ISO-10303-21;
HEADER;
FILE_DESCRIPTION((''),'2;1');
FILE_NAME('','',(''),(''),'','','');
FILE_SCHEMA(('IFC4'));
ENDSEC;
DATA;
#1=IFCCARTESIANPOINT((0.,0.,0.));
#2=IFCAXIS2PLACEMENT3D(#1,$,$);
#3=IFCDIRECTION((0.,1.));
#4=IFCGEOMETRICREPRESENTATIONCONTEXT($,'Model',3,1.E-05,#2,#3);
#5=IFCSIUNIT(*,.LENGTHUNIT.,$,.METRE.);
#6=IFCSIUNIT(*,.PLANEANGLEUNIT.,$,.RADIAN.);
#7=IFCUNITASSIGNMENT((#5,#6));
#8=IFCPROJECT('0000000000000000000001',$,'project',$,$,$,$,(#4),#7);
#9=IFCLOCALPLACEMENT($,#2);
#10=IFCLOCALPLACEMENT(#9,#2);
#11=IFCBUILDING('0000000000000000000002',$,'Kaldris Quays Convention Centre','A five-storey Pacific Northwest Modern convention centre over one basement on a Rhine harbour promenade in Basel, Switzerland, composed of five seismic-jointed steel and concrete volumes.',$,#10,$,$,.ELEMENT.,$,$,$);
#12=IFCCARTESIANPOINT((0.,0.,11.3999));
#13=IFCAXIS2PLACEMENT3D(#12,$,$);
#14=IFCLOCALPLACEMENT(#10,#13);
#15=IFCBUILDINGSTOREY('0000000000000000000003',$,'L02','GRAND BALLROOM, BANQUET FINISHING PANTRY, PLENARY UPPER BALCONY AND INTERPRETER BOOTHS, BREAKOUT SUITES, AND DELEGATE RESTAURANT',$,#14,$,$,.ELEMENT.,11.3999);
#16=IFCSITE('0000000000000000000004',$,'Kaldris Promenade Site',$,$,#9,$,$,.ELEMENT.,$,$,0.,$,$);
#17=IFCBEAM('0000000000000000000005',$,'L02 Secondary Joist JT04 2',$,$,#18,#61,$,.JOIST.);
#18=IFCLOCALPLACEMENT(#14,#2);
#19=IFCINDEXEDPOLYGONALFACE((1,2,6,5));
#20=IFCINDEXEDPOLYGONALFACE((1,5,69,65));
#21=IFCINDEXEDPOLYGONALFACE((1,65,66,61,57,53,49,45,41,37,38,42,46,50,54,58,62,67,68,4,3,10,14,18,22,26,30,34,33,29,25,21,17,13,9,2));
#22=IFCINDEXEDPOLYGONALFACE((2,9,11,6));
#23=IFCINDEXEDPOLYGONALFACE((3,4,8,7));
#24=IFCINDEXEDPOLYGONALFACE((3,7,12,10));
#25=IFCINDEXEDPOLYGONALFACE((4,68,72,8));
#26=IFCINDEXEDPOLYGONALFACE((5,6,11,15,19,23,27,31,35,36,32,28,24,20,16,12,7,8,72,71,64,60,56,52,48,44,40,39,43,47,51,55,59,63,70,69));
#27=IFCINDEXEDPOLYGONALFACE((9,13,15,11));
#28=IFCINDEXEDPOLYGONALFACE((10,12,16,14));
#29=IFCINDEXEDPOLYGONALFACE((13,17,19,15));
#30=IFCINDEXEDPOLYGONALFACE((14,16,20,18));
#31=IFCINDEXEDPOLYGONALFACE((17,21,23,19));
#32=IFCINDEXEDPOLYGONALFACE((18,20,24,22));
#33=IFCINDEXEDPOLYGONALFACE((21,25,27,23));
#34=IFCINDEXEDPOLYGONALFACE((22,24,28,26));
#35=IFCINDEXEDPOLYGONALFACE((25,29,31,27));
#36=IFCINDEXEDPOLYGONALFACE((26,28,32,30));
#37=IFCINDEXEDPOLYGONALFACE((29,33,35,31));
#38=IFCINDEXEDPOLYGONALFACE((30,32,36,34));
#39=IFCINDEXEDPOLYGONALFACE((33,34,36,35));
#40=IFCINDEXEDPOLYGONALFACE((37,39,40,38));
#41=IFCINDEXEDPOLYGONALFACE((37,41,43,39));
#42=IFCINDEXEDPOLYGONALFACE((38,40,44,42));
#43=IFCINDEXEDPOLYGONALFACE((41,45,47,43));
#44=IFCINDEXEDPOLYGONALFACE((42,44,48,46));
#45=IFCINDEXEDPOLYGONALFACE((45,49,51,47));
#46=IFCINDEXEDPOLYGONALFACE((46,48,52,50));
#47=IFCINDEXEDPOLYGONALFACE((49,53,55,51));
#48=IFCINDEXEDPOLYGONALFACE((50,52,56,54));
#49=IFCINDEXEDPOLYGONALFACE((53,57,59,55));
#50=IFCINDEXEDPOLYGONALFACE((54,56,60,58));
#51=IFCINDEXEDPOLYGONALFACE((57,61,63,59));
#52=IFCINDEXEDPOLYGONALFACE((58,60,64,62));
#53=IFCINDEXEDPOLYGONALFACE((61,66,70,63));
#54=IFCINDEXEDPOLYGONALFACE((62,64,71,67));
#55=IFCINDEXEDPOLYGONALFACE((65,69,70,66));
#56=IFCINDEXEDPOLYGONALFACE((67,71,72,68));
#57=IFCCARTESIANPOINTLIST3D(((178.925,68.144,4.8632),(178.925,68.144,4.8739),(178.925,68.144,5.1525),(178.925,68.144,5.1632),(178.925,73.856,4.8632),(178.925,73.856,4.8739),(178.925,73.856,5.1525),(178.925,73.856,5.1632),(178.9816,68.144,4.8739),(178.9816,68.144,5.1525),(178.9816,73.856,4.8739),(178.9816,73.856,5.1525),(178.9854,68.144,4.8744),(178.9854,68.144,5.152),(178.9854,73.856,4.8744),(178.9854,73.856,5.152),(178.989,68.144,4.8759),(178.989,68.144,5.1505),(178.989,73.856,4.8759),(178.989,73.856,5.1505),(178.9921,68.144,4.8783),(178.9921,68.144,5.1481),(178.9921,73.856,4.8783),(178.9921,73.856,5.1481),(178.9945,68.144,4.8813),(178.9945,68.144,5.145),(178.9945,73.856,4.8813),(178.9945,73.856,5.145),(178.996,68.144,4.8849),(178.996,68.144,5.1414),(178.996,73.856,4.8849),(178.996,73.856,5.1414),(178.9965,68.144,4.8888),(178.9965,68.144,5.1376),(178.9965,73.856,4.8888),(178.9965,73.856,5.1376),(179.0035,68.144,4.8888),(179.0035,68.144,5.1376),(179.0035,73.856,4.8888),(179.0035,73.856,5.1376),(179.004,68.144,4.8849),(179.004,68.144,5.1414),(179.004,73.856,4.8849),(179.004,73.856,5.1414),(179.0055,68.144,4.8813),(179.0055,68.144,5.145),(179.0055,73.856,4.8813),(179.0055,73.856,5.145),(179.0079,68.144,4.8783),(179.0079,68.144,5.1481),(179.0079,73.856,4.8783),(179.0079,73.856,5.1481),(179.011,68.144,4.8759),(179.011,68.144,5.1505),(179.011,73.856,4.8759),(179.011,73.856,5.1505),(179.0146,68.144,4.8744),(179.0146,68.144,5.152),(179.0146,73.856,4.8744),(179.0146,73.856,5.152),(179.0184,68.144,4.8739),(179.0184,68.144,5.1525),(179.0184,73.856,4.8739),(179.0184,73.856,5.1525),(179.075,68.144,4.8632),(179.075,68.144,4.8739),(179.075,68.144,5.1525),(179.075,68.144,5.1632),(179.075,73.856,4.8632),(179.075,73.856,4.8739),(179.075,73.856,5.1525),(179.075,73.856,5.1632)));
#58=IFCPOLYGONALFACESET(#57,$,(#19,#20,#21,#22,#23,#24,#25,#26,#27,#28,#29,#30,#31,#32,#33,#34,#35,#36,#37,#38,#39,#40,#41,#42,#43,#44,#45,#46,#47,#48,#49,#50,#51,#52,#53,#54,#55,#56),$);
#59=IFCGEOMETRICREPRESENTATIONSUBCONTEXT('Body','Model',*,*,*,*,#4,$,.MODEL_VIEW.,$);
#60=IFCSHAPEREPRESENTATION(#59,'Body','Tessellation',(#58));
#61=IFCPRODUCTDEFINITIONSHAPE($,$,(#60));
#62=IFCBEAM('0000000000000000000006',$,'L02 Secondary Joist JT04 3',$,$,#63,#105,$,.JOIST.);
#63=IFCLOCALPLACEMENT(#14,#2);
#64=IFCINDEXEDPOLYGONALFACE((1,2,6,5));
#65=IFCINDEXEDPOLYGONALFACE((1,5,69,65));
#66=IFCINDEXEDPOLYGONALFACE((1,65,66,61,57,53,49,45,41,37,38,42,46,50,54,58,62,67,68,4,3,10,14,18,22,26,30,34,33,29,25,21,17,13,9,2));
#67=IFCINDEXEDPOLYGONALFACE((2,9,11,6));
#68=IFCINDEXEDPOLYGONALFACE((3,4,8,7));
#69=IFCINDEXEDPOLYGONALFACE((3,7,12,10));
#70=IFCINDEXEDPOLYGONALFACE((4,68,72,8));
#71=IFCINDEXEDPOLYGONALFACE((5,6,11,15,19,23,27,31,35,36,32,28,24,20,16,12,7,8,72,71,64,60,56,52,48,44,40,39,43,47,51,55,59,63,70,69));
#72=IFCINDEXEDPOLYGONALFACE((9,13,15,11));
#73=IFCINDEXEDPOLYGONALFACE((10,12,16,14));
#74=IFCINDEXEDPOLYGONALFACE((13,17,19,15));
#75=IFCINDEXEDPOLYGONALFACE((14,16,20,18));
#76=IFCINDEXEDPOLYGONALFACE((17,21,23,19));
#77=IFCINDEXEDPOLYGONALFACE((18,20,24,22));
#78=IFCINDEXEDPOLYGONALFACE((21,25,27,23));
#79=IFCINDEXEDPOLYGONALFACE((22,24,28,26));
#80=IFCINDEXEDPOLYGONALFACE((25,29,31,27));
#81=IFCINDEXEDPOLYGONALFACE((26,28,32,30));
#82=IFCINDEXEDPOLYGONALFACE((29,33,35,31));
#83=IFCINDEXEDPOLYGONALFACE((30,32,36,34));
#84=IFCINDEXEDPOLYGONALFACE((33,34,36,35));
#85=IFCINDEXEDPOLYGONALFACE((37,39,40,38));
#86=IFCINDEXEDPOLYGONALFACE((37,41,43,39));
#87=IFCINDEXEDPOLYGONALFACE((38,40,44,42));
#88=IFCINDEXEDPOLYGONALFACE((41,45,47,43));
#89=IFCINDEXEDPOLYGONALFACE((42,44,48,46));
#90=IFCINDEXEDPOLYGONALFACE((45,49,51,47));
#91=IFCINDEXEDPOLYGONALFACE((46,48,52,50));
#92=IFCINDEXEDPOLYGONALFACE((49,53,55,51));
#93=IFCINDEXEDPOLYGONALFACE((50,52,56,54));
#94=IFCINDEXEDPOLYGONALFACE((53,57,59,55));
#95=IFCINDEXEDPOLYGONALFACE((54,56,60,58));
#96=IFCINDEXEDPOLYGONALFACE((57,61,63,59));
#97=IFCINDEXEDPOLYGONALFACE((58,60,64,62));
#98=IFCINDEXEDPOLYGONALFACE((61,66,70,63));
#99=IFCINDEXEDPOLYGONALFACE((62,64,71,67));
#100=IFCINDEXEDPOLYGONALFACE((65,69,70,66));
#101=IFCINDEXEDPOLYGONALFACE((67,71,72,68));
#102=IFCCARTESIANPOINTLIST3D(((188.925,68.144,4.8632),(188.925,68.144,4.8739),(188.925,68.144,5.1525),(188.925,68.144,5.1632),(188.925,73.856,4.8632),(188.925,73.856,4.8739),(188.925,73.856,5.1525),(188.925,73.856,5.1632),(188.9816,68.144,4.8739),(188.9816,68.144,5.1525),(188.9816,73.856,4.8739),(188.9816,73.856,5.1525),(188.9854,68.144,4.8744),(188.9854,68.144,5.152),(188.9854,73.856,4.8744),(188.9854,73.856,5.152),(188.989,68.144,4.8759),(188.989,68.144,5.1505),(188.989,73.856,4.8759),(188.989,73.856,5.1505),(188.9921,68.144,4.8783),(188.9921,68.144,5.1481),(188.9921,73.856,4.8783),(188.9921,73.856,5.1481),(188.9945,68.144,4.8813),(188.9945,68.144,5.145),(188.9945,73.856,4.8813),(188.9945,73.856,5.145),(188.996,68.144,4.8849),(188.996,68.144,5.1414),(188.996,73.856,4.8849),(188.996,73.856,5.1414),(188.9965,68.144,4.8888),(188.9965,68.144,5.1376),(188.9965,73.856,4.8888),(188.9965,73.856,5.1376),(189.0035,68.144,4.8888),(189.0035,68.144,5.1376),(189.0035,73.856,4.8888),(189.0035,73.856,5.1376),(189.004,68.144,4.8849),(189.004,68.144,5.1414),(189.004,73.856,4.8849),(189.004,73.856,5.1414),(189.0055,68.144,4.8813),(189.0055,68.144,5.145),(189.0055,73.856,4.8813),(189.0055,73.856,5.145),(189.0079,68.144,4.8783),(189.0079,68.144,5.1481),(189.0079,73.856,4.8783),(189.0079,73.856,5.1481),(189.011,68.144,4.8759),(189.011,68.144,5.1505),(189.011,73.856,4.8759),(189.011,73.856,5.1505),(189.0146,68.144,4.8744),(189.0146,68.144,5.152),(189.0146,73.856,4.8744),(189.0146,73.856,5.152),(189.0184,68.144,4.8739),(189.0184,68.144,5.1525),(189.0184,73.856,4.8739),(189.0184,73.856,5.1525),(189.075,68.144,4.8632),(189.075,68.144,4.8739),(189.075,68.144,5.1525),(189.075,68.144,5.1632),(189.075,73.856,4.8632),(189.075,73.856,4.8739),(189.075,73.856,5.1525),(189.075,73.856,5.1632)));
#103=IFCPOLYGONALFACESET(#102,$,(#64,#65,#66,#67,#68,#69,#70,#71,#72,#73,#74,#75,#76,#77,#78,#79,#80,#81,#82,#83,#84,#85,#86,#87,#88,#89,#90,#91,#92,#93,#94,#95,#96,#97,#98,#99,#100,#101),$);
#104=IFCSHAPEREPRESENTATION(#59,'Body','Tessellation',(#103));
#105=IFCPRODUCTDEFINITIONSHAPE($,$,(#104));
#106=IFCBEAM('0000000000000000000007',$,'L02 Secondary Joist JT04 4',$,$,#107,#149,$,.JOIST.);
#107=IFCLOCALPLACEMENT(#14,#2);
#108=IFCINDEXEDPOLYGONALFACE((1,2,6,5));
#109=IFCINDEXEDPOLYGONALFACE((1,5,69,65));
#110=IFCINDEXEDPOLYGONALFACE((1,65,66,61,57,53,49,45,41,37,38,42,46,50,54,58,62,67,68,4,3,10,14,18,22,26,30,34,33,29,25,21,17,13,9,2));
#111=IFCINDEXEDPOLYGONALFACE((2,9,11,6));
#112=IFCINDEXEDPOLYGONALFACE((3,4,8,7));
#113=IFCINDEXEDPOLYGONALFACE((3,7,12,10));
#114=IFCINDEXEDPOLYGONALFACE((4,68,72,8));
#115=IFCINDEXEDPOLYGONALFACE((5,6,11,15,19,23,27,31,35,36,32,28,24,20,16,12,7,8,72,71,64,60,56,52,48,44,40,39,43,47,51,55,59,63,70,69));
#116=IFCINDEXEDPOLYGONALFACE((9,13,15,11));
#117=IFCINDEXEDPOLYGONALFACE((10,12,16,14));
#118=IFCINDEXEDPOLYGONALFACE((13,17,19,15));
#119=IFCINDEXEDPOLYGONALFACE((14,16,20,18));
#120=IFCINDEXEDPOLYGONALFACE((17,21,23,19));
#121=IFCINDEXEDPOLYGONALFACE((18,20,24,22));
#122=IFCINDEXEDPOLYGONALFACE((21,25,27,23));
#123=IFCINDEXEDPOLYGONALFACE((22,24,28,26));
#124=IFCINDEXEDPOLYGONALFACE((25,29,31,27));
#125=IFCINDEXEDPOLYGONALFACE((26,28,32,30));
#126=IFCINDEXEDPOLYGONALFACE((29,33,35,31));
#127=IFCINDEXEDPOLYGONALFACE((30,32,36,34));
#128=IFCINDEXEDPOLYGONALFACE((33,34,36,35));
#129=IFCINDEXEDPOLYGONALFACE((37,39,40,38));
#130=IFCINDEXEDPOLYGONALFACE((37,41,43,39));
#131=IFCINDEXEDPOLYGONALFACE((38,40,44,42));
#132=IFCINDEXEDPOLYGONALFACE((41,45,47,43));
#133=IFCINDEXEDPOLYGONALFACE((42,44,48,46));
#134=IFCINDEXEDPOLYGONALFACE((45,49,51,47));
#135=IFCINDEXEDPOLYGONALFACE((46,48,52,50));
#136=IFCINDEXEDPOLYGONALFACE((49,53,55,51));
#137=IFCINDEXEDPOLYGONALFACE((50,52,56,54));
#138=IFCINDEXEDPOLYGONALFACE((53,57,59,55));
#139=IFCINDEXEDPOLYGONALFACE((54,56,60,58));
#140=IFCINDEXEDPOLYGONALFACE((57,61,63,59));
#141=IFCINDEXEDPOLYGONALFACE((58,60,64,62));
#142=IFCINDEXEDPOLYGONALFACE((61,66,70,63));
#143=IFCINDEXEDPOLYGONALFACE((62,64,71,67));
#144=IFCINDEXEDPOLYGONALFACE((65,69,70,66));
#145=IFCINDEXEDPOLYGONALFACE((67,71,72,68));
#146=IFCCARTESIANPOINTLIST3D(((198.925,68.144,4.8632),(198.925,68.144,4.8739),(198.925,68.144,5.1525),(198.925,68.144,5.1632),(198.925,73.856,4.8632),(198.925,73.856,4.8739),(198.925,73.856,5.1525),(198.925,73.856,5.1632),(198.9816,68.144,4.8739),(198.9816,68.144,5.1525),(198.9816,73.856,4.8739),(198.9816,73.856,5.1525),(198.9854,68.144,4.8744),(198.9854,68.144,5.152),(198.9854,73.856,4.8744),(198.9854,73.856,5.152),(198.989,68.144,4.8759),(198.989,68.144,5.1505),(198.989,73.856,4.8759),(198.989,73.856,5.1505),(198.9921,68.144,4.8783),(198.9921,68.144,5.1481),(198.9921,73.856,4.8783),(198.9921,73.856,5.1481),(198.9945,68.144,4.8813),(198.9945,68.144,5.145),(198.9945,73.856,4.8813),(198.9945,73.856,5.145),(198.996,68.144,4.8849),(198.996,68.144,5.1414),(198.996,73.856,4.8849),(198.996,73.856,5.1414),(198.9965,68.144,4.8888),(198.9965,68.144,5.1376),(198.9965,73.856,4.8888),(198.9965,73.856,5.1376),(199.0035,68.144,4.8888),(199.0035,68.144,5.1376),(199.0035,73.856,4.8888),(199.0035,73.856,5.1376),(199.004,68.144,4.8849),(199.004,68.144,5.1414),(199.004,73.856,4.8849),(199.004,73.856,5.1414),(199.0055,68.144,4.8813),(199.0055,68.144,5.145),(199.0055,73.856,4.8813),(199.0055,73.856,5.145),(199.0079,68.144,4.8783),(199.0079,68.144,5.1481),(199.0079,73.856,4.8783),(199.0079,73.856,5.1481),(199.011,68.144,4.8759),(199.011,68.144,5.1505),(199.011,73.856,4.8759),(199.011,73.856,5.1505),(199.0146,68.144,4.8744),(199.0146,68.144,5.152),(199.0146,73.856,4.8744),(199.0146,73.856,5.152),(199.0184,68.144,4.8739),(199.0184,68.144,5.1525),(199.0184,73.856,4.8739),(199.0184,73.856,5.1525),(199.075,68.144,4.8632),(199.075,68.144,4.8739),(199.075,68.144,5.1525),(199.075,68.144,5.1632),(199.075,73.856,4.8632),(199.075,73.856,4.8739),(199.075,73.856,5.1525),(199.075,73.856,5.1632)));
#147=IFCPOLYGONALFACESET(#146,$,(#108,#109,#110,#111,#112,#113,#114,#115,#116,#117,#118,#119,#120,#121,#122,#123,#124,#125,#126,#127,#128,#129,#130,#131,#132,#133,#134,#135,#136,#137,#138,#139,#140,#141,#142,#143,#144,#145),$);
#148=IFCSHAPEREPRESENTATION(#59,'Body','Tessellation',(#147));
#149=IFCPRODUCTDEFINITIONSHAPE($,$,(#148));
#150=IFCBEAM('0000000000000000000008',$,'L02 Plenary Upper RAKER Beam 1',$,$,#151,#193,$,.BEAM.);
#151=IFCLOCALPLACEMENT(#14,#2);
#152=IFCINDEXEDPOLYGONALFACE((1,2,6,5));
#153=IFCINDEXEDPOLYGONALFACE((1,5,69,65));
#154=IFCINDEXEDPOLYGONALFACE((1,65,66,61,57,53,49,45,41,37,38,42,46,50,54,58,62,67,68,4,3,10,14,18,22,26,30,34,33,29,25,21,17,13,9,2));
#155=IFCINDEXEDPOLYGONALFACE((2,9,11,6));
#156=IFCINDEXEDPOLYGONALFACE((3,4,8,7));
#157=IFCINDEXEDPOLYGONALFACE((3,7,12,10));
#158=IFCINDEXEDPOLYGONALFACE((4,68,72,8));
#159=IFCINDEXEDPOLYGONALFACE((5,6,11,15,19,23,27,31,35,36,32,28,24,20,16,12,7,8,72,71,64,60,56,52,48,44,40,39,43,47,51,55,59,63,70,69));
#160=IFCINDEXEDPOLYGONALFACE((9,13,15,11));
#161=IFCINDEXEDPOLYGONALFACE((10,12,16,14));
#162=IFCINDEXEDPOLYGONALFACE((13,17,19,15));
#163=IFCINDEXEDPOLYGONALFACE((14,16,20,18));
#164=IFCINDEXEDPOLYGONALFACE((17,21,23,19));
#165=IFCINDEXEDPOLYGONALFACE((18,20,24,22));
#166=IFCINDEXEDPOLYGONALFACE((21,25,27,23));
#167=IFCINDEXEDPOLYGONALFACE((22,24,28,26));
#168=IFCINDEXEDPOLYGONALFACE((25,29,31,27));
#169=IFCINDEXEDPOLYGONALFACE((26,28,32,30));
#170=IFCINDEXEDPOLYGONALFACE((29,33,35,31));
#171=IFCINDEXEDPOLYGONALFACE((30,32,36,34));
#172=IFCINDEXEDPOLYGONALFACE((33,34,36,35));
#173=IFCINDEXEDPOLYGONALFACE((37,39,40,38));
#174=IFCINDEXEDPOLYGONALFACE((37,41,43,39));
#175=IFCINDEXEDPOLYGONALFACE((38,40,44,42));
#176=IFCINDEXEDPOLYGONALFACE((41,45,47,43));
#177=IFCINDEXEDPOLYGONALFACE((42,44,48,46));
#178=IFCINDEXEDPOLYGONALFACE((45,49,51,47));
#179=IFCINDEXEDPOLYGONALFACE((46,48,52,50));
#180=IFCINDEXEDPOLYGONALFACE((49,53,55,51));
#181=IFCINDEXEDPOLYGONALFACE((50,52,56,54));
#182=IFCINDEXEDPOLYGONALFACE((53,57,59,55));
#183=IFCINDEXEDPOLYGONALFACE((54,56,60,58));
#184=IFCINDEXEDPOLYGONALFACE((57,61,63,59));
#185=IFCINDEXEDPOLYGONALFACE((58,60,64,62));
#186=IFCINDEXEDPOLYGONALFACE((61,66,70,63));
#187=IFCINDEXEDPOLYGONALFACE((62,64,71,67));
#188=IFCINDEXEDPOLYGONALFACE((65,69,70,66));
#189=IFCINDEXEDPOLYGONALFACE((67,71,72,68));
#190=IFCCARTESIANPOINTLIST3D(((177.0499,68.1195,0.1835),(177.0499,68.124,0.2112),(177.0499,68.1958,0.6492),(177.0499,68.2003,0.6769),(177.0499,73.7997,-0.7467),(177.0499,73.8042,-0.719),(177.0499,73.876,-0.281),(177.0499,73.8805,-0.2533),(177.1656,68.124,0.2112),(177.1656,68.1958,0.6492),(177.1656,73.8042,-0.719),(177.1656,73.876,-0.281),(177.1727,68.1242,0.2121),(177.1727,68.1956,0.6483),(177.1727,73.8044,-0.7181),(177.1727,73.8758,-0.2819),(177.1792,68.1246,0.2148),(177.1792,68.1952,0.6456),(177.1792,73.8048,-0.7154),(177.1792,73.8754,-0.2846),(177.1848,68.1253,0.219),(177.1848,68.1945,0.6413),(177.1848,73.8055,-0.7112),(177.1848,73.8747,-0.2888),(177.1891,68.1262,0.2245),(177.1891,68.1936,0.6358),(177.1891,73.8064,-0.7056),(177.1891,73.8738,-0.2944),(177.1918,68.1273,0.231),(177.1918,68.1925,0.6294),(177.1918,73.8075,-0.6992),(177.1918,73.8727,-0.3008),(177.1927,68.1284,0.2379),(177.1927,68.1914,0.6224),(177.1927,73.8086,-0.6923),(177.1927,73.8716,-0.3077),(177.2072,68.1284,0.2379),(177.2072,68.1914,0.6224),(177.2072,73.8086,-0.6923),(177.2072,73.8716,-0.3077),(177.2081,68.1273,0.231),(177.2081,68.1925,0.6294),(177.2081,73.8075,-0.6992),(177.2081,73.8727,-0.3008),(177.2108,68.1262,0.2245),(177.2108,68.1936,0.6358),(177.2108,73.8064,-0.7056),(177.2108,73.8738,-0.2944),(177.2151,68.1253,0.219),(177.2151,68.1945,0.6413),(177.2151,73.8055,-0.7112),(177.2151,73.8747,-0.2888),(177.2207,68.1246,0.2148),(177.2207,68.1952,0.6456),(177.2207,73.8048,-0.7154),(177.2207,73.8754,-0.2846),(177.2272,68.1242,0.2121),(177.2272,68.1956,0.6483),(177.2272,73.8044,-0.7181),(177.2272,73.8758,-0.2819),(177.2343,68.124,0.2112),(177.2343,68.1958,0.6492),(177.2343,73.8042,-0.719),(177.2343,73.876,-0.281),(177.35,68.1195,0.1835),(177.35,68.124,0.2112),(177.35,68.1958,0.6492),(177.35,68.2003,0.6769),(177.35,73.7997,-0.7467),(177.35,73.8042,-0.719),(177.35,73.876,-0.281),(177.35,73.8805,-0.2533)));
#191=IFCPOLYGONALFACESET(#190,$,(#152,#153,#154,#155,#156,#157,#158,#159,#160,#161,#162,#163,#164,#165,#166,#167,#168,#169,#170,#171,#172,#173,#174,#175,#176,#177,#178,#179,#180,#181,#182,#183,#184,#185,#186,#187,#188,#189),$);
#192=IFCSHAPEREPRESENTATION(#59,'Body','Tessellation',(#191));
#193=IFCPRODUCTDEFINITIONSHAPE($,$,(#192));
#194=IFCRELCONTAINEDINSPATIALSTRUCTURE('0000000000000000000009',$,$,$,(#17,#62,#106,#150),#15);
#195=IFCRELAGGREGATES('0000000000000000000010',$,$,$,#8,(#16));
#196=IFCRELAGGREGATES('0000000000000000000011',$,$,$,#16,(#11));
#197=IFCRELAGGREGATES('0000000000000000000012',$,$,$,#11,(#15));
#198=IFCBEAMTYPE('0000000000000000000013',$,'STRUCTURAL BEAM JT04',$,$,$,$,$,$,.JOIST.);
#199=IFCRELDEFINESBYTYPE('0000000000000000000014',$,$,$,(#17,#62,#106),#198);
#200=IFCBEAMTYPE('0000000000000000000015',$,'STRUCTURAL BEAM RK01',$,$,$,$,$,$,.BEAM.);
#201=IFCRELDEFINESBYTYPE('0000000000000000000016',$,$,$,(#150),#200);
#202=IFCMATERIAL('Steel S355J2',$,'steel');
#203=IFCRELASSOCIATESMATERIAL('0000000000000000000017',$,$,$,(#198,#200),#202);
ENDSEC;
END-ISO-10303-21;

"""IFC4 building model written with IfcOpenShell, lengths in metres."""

from ifc_helpers import new_model, si_unit, direction, frame, origin, origin_2d, place, context, subcontext, project, spatial, i_section, extrude, material, material_profile, profile_set, type_object, element, save


model = new_model("IFC4")

# Units and contexts
model_context = context("Model", 3, precision=1e-05, world=origin(), true_north=direction((0.0, 1.0)))
body_context = subcontext(model_context, "Body", "Model", "MODEL_VIEW")
ifc_project = project(units=[si_unit("LENGTHUNIT", "METRE"), si_unit("PLANEANGLEUNIT", "RADIAN")], contexts=[model_context])

# Site, building, storey
site_placement = place(None, origin())
site = spatial("IfcSite", under=ifc_project, at=site_placement, Name="Kaldris Promenade Site", CompositionType="ELEMENT", RefElevation=0.0)
building_placement = place(site_placement, origin())
building = spatial("IfcBuilding", under=site, at=building_placement, Name="Kaldris Quays Convention Centre", Description="A five-storey Pacific Northwest Modern convention centre over one basement on a Rhine harbour promenade in Basel, Switzerland, composed of five seismic-jointed steel and concrete volumes.", CompositionType="ELEMENT")
storey_placement = place(building_placement, frame((0.0, 0.0, 11.3999)))
storey = spatial("IfcBuildingStorey", under=building, at=storey_placement, Name="L02", Description="GRAND BALLROOM, BANQUET FINISHING PANTRY, PLENARY UPPER BALCONY AND INTERPRETER BOOTHS, BREAKOUT SUITES, AND DELEGATE RESTAURANT", CompositionType="ELEMENT", Elevation=11.3999)

# Shared definitions
ifc_material_1 = material(Name="Steel S355J2", Category="steel")

# Beams
ifc_material_profile_1 = material_profile(ifc_material_1, i_section(OverallWidth=0.1499, OverallDepth=0.3, WebThickness=0.0071, FlangeThickness=0.0107, FilletRadius=0.0149, at=origin_2d()), Name="IPE 300")
ifc_profile_set_1 = profile_set([ifc_material_profile_1], Name="Steel S355J2")
beam_type_1 = type_object("IfcBeamType", Name="STRUCTURAL BEAM JT04", PredefinedType="JOIST", material=ifc_profile_set_1)
for number, where, z_axis, x_axis, name in (
    (1, (179.0, 68.144, 5.0132), (0.0, 1.0, 0.0), (-1.0, 0.0, 0.0), "L02 Secondary Joist JT04 2"),
    (2, (189.0, 68.144, 5.0132), (0.0, 1.0, 0.0), (-1.0, 0.0, 0.0), "L02 Secondary Joist JT04 3"),
    (3, (199.0, 68.144, 5.0132), (0.0, 1.0, 0.0), (-1.0, 0.0, 0.0), "L02 Secondary Joist JT04 4"),
):
    element("IfcBeam", number, at=place(storey_placement, frame(where, z_axis=z_axis, x_axis=x_axis)), inside=storey, type_object=beam_type_1, Name=name, PredefinedType="JOIST", context=body_context, shape_type="SweptSolid", body=[
        extrude(i_section(OverallWidth=0.1499, OverallDepth=0.3, WebThickness=0.0071, FlangeThickness=0.0107, FilletRadius=0.0149, at=origin_2d()), origin(), (0.0, 0.0, 1.0), 5.7119),
    ])
ifc_material_profile_2 = material_profile(ifc_material_1, i_section(OverallWidth=0.3, OverallDepth=0.5, WebThickness=0.0144, FlangeThickness=0.0281, FilletRadius=0.0271, at=origin_2d()), Name="HEB 500")
ifc_profile_set_2 = profile_set([ifc_material_profile_2], Name="Steel S355J2")
beam_type_2 = type_object("IfcBeamType", Name="STRUCTURAL BEAM RK01", PredefinedType="BEAM", material=ifc_profile_set_2)
for number, where, z_axis, x_axis, name in (
    (4, (177.2, 68.1599, 0.4302), (0.0, 0.986855, -0.161606), (-1.0, 0.0, 0.0), "L02 Plenary Upper RAKER Beam 1"),
):
    element("IfcBeam", number, at=place(storey_placement, frame(where, z_axis=z_axis, x_axis=x_axis)), inside=storey, type_object=beam_type_2, Name=name, PredefinedType="BEAM", context=body_context, shape_type="SweptSolid", body=[
        extrude(i_section(OverallWidth=0.3, OverallDepth=0.5, WebThickness=0.0144, FlangeThickness=0.0281, FilletRadius=0.0271, at=origin_2d()), origin(), (0.0, 0.0, 1.0), 5.7559),
    ])

save(model, "model.ifc")
